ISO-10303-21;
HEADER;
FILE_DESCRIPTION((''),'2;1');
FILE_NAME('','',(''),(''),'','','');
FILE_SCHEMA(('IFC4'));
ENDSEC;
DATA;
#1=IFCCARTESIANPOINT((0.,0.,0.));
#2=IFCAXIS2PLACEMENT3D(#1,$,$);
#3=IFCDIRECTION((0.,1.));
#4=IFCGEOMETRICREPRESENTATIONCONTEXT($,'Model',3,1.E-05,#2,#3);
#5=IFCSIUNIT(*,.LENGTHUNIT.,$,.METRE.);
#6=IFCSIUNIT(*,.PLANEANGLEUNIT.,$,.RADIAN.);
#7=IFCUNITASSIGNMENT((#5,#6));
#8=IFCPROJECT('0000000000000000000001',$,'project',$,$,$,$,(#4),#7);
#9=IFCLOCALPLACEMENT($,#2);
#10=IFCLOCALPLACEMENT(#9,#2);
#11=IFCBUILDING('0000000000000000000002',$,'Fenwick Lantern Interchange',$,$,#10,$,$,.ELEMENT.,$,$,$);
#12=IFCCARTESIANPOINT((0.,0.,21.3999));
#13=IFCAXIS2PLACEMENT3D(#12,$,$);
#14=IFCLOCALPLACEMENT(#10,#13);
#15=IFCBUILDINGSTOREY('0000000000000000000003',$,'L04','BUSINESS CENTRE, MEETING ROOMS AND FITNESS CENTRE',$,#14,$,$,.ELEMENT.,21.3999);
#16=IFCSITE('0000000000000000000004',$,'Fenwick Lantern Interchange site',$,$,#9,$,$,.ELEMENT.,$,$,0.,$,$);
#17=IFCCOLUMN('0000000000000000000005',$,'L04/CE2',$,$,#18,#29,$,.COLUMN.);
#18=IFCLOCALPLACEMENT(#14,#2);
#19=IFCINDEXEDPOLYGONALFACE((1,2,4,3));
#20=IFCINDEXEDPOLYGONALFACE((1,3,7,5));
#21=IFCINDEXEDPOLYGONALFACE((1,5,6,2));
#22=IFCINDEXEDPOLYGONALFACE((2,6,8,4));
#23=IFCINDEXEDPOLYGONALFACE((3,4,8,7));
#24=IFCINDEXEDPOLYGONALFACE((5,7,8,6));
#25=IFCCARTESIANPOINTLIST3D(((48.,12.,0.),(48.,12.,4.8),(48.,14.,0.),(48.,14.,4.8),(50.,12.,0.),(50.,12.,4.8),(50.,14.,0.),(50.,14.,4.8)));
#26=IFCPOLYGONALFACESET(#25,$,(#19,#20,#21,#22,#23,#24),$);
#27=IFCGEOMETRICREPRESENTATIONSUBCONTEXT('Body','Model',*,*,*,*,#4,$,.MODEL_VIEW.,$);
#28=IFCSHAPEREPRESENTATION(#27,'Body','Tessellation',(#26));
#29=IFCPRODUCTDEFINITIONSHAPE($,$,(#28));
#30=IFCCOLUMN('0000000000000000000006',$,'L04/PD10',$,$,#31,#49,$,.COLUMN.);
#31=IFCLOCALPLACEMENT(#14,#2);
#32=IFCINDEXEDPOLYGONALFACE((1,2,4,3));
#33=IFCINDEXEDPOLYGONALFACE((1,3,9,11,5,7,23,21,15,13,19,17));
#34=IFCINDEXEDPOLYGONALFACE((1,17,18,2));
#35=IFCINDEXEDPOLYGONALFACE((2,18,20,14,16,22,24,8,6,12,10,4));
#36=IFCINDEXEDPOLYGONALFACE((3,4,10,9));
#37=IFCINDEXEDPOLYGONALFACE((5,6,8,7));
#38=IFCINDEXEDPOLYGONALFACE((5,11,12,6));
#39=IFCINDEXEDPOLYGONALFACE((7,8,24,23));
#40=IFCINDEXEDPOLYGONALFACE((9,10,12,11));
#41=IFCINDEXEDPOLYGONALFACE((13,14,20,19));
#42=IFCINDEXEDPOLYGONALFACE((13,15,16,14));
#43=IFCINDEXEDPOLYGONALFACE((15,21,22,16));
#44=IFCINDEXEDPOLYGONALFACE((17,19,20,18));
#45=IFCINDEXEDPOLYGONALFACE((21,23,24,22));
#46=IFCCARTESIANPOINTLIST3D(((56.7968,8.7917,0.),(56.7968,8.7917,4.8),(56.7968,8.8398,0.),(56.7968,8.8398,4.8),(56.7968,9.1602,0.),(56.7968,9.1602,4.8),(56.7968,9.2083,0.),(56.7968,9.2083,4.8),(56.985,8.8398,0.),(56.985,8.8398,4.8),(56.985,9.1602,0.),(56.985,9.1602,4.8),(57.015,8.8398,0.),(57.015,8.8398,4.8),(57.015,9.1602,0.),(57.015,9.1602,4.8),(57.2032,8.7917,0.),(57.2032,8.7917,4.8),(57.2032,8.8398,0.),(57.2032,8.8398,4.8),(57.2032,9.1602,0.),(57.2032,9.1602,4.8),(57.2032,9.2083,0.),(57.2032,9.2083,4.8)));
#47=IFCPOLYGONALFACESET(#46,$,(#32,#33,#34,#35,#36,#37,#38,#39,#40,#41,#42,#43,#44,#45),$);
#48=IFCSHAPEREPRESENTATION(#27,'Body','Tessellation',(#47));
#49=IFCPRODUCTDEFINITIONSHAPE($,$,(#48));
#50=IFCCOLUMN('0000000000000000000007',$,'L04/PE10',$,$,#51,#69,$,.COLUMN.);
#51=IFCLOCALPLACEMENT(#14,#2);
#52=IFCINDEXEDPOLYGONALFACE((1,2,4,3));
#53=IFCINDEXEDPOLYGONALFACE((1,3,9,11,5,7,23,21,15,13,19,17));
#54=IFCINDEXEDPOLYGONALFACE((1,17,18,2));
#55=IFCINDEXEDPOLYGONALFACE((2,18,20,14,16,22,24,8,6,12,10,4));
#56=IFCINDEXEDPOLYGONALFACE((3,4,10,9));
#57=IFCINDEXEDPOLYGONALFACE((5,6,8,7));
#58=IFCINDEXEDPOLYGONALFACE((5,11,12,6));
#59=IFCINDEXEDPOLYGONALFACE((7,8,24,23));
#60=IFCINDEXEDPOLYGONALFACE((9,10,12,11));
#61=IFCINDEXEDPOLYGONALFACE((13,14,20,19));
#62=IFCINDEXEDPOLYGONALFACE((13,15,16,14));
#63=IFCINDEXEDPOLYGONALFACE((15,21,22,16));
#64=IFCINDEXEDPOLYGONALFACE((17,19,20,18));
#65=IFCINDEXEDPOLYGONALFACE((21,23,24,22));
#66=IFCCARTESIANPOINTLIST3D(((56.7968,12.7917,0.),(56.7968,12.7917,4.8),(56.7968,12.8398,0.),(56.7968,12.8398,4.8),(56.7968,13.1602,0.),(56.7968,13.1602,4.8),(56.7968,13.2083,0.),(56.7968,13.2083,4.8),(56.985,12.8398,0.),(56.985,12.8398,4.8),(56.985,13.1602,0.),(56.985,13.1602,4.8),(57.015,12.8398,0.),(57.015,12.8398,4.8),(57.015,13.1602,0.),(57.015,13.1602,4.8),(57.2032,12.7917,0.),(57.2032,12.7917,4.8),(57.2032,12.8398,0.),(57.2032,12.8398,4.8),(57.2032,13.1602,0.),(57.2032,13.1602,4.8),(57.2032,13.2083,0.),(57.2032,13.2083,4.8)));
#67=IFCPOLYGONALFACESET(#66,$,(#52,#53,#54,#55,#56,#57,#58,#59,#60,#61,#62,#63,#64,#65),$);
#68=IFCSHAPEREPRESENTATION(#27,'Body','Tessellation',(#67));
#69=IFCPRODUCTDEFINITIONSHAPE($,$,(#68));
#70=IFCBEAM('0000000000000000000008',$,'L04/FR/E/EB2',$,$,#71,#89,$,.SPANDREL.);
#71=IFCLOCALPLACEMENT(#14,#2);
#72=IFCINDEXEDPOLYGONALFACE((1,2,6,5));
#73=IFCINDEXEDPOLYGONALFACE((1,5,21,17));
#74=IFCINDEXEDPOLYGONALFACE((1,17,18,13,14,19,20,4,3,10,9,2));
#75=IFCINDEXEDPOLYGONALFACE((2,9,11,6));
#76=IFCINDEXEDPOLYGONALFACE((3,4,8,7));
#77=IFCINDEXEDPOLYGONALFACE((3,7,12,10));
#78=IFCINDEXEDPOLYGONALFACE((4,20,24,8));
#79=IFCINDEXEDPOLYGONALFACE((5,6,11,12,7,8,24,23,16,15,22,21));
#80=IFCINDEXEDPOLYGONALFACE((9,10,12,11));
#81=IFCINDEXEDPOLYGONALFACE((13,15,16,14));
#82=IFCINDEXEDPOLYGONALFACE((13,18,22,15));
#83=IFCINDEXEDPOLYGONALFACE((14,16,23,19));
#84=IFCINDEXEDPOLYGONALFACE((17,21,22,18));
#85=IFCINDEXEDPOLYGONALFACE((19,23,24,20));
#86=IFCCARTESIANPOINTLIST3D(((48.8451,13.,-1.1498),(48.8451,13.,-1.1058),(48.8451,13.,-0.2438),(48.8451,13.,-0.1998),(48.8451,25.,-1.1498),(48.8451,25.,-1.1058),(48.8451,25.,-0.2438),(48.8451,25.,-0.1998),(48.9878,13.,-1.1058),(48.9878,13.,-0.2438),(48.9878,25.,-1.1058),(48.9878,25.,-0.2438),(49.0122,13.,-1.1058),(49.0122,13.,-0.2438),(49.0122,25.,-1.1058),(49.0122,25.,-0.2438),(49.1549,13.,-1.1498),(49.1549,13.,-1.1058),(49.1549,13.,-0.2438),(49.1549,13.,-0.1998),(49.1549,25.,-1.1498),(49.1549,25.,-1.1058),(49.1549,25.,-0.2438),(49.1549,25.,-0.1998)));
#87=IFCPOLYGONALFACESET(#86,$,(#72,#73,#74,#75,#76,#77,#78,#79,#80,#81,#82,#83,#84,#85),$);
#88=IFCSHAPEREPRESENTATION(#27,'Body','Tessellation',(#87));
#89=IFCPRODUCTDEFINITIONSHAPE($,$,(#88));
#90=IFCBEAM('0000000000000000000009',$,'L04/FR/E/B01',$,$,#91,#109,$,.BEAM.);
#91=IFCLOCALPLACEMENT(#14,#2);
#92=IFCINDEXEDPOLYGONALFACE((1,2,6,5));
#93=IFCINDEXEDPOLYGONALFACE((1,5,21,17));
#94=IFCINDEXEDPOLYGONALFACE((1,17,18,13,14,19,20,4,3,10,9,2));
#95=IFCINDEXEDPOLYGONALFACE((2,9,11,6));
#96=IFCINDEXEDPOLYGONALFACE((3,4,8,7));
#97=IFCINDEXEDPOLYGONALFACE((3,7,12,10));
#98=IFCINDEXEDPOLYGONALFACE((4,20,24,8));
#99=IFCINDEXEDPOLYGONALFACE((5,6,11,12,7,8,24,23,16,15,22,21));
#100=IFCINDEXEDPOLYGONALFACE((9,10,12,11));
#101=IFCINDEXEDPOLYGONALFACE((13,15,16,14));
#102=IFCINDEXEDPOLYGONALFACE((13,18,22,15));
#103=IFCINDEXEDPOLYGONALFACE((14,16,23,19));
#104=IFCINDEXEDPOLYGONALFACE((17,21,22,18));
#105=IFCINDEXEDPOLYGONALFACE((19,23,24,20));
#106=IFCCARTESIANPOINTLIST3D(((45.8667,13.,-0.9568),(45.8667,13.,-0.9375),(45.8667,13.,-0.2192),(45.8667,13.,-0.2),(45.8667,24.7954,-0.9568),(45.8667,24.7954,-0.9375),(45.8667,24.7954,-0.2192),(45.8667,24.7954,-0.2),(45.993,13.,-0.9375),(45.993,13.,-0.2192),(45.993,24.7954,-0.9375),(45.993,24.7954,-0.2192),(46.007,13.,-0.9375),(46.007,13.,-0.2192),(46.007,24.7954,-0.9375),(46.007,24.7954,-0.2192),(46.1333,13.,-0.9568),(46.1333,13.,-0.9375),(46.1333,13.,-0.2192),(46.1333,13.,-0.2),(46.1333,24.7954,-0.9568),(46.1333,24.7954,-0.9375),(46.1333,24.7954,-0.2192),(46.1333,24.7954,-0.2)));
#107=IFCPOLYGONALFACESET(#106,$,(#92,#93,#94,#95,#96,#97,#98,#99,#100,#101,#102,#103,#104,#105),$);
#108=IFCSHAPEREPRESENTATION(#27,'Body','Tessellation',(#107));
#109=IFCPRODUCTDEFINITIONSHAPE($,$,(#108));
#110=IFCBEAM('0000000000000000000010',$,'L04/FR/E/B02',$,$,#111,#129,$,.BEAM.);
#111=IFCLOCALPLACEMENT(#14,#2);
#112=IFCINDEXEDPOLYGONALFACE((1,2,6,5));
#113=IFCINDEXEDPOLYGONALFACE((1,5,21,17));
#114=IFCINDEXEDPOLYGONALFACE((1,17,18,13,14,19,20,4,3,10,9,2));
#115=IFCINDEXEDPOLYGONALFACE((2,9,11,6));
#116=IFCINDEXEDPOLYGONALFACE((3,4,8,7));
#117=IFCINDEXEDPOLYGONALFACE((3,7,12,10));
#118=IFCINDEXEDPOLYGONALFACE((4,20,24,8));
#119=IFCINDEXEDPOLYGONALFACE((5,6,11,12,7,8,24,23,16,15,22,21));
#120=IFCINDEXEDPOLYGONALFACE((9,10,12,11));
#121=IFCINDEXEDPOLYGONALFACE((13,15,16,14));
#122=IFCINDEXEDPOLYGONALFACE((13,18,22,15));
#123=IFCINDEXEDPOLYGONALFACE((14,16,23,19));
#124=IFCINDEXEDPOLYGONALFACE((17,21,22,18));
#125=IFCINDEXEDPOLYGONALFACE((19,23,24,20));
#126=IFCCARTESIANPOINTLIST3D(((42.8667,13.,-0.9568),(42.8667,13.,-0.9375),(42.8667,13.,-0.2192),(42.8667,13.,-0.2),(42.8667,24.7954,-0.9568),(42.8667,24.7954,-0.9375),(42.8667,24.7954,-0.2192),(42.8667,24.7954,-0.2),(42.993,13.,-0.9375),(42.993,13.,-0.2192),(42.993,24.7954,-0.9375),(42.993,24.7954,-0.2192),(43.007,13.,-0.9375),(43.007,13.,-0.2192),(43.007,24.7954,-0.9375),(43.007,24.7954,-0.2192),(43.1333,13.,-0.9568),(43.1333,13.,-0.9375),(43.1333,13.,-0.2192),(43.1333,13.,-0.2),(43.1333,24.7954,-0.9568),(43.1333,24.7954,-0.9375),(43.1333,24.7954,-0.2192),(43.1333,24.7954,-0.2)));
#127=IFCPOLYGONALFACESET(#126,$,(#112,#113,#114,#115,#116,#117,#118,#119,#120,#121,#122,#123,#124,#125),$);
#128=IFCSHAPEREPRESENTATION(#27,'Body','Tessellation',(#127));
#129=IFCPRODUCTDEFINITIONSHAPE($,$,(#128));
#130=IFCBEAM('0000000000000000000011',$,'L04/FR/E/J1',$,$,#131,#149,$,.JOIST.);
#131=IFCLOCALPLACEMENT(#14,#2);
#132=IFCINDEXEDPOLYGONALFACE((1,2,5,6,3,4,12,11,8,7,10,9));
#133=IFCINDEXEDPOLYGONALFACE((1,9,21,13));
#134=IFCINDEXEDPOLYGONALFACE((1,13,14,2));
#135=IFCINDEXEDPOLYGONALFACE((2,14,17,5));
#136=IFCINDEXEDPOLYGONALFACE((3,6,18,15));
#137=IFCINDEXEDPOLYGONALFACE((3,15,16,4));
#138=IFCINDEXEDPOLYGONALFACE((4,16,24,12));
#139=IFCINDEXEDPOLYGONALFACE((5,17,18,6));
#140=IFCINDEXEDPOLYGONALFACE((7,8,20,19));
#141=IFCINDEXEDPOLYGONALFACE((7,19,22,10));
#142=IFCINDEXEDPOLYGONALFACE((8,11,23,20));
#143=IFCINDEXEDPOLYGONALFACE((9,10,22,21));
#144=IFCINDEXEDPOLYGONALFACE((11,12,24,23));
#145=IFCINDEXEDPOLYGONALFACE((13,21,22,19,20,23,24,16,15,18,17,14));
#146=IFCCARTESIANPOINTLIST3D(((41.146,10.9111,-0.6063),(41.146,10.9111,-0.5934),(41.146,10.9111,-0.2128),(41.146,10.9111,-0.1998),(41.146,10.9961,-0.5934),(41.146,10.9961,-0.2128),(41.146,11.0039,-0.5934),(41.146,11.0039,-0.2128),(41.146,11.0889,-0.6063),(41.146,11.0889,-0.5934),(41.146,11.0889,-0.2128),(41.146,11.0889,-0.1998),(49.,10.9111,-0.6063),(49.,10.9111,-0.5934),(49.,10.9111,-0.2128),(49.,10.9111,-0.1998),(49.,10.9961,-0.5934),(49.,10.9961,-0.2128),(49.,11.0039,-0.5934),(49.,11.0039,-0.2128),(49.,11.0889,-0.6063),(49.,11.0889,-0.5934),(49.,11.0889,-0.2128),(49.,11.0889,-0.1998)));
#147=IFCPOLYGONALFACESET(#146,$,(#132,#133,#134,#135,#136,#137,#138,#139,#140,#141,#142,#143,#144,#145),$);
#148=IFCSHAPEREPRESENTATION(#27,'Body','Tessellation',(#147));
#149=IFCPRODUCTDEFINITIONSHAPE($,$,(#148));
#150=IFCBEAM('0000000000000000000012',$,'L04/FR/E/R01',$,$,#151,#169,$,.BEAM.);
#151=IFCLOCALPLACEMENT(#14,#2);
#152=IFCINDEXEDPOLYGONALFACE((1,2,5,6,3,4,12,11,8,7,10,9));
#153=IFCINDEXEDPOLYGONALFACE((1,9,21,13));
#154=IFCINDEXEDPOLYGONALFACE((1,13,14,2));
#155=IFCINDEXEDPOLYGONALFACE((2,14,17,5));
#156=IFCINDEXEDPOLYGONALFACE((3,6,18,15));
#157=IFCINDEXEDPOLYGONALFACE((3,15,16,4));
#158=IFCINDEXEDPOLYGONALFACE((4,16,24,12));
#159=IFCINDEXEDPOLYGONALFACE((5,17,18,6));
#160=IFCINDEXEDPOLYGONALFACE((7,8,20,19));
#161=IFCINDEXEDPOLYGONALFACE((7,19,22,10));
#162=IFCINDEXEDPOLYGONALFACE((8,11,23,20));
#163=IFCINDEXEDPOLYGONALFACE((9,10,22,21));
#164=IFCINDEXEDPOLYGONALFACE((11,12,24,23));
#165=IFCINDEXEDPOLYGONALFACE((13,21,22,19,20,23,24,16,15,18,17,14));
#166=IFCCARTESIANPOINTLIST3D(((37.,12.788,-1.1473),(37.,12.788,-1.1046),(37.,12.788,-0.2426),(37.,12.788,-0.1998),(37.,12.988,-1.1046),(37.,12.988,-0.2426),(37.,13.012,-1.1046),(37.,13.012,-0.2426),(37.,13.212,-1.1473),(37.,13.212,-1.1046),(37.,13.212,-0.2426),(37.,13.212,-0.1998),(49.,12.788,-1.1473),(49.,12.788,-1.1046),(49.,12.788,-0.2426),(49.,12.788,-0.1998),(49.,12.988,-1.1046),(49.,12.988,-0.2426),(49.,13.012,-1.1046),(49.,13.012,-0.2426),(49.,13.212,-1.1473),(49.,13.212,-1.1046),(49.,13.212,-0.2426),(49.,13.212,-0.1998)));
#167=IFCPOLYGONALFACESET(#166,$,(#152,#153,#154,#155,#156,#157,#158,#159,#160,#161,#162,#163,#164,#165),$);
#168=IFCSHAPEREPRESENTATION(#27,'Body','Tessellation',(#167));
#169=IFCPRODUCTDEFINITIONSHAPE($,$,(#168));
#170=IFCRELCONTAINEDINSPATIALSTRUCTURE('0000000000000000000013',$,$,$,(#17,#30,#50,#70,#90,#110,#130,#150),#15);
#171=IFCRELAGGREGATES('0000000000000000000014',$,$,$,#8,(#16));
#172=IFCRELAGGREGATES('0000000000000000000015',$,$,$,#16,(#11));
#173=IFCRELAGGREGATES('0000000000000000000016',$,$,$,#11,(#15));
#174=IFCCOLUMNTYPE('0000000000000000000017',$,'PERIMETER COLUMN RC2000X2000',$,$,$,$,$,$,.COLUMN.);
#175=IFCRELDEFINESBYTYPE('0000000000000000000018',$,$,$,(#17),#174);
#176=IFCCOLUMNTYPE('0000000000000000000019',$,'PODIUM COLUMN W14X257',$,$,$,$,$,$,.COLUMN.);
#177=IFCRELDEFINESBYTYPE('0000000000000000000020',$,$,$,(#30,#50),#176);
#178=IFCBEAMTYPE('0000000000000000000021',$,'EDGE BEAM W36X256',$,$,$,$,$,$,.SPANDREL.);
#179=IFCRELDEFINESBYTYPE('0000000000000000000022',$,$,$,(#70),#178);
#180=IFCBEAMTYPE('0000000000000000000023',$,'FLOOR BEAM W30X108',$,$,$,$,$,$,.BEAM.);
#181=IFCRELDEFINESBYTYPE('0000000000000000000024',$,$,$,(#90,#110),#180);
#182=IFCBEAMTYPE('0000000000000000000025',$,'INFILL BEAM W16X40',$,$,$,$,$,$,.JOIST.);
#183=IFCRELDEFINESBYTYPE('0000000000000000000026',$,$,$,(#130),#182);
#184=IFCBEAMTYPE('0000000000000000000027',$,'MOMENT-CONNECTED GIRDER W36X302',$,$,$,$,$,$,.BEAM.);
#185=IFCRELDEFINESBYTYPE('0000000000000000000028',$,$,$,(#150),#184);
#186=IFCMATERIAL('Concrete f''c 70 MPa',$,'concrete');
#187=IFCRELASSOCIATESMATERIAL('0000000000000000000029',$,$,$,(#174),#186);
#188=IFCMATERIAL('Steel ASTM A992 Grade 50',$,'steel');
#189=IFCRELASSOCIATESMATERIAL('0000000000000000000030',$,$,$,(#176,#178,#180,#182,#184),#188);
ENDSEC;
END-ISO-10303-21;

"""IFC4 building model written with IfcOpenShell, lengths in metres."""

from ifc_helpers import new_model, si_unit, direction, frame, origin, origin_2d, place, context, subcontext, project, spatial, rectangle, i_section, extrude, material, material_profile, profile_set, type_object, element, save


model = new_model("IFC4")

# Units and contexts
model_context = context("Model", 3, precision=1e-05, world=origin(), true_north=direction((0.0, 1.0)))
body_context = subcontext(model_context, "Body", "Model", "MODEL_VIEW")
ifc_project = project(units=[si_unit("LENGTHUNIT", "METRE"), si_unit("PLANEANGLEUNIT", "RADIAN")], contexts=[model_context])

# Site, building, storey
site_placement = place(None, origin())
site = spatial("IfcSite", under=ifc_project, at=site_placement, Name="Fenwick Lantern Interchange site", CompositionType="ELEMENT", RefElevation=0.0)
building_placement = place(site_placement, origin())
building = spatial("IfcBuilding", under=site, at=building_placement, Name="Fenwick Lantern Interchange", CompositionType="ELEMENT")
storey_placement = place(building_placement, frame((0.0, 0.0, 21.3999)))
storey = spatial("IfcBuildingStorey", under=building, at=storey_placement, Name="L04", Description="BUSINESS CENTRE, MEETING ROOMS AND FITNESS CENTRE", CompositionType="ELEMENT", Elevation=21.3999)

# Columns
ifc_material_1 = material(Name="Concrete f'c 70 MPa", Category="concrete")
ifc_material_profile_1 = material_profile(ifc_material_1, rectangle(XDim=2.0, YDim=2.0, at=origin_2d()), Name="RC2000X2000")
ifc_profile_set_1 = profile_set([ifc_material_profile_1], Name="Concrete f'c 70 MPa")
column_type_1 = type_object("IfcColumnType", Name="PERIMETER COLUMN RC2000X2000", PredefinedType="COLUMN", material=ifc_profile_set_1)
column_placement = place(storey_placement, frame((49.0, 13.0, 0.0), z_axis=(0.0, 0.0, 1.0), x_axis=(1.0, 0.0, 0.0)))
element("IfcColumn", 1, at=column_placement, inside=storey, type_object=column_type_1, Name="L04/CE2", PredefinedType="COLUMN", context=body_context, shape_type="SweptSolid", body=[
    extrude(rectangle(XDim=2.0, YDim=2.0, at=origin_2d()), origin(), (0.0, 0.0, 1.0), 4.8),
])
ifc_material_2 = material(Name="Steel ASTM A992 Grade 50", Category="steel")
ifc_material_profile_2 = material_profile(ifc_material_2, i_section(OverallWidth=0.4065, OverallDepth=0.4165, WebThickness=0.03, FlangeThickness=0.0481, at=origin_2d()), Name="W14X257")
ifc_profile_set_2 = profile_set([ifc_material_profile_2], Name="Steel ASTM A992 Grade 50")
column_type_2 = type_object("IfcColumnType", Name="PODIUM COLUMN W14X257", PredefinedType="COLUMN", material=ifc_profile_set_2)
for number, where, z_axis, x_axis, name in (
    (2, (57.0, 9.0, 0.0), (0.0, 0.0, 1.0), (1.0, 0.0, 0.0), "L04/PD10"),
    (3, (57.0, 13.0, 0.0), (0.0, 0.0, 1.0), (1.0, 0.0, 0.0), "L04/PE10"),
):
    element("IfcColumn", number, at=place(storey_placement, frame(where, z_axis=z_axis, x_axis=x_axis)), inside=storey, type_object=column_type_2, Name=name, PredefinedType="COLUMN", context=body_context, shape_type="SweptSolid", body=[
        extrude(i_section(OverallWidth=0.4065, OverallDepth=0.4165, WebThickness=0.03, FlangeThickness=0.0481, at=origin_2d()), origin(), (0.0, 0.0, 1.0), 4.8),
    ])

# Beams
ifc_material_profile_3 = material_profile(ifc_material_2, i_section(OverallWidth=0.3098, OverallDepth=0.95, WebThickness=0.0244, FlangeThickness=0.0439, at=origin_2d()), Name="W36X256")
ifc_profile_set_3 = profile_set([ifc_material_profile_3], Name="Steel ASTM A992 Grade 50")
beam_type_1 = type_object("IfcBeamType", Name="EDGE BEAM W36X256", PredefinedType="SPANDREL", material=ifc_profile_set_3)
beam_1_placement = place(storey_placement, frame((49.0, 13.0, -0.6748), z_axis=(0.0, 1.0, 0.0), x_axis=(-1.0, 0.0, 0.0)))
element("IfcBeam", 4, at=beam_1_placement, inside=storey, type_object=beam_type_1, Name="L04/FR/E/EB2", PredefinedType="SPANDREL", context=body_context, shape_type="SweptSolid", body=[
    extrude(i_section(OverallWidth=0.3098, OverallDepth=0.95, WebThickness=0.0244, FlangeThickness=0.0439, at=origin_2d()), origin(), (0.0, 0.0, 1.0), 12.0),
])
ifc_material_profile_4 = material_profile(ifc_material_2, i_section(OverallWidth=0.2666, OverallDepth=0.7568, WebThickness=0.0139, FlangeThickness=0.0193, at=origin_2d()), Name="W30X108")
ifc_profile_set_4 = profile_set([ifc_material_profile_4], Name="Steel ASTM A992 Grade 50")
beam_type_2 = type_object("IfcBeamType", Name="FLOOR BEAM W30X108", PredefinedType="BEAM", material=ifc_profile_set_4)
for number, where, z_axis, x_axis, name in (
    (5, (46.0, 13.0, -0.5784), (0.0, 1.0, 0.0), (-1.0, 0.0, 0.0), "L04/FR/E/B01"),
    (6, (43.0, 13.0, -0.5784), (0.0, 1.0, 0.0), (-1.0, 0.0, 0.0), "L04/FR/E/B02"),
):
    element("IfcBeam", number, at=place(storey_placement, frame(where, z_axis=z_axis, x_axis=x_axis)), inside=storey, type_object=beam_type_2, Name=name, PredefinedType="BEAM", context=body_context, shape_type="SweptSolid", body=[
        extrude(i_section(OverallWidth=0.2666, OverallDepth=0.7568, WebThickness=0.0139, FlangeThickness=0.0193, at=origin_2d()), origin(), (0.0, 0.0, 1.0), 11.7954),
    ])
ifc_material_profile_5 = material_profile(ifc_material_2, i_section(OverallWidth=0.1777, OverallDepth=0.4065, WebThickness=0.0078, FlangeThickness=0.0129, at=origin_2d()), Name="W16X40")
ifc_profile_set_5 = profile_set([ifc_material_profile_5], Name="Steel ASTM A992 Grade 50")
beam_type_3 = type_object("IfcBeamType", Name="INFILL BEAM W16X40", PredefinedType="JOIST", material=ifc_profile_set_5)
beam_2_placement = place(storey_placement, frame((49.0, 11.0, -0.4031), z_axis=(-1.0, 0.0, 0.0), x_axis=(0.0, -1.0, 0.0)))
element("IfcBeam", 7, at=beam_2_placement, inside=storey, type_object=beam_type_3, Name="L04/FR/E/J1", PredefinedType="JOIST", context=body_context, shape_type="SweptSolid", body=[
    extrude(i_section(OverallWidth=0.1777, OverallDepth=0.4065, WebThickness=0.0078, FlangeThickness=0.0129, at=origin_2d()), origin(), (0.0, 0.0, 1.0), 7.854),
])
ifc_material_profile_6 = material_profile(ifc_material_2, i_section(OverallWidth=0.4241, OverallDepth=0.9475, WebThickness=0.0239, FlangeThickness=0.0427, at=origin_2d()), Name="W36X302")
ifc_profile_set_6 = profile_set([ifc_material_profile_6], Name="Steel ASTM A992 Grade 50")
beam_type_4 = type_object("IfcBeamType", Name="MOMENT-CONNECTED GIRDER W36X302", PredefinedType="BEAM", material=ifc_profile_set_6)
beam_3_placement = place(storey_placement, frame((49.0, 13.0, -0.6736), z_axis=(-1.0, 0.0, 0.0), x_axis=(0.0, -1.0, 0.0)))
element("IfcBeam", 8, at=beam_3_placement, inside=storey, type_object=beam_type_4, Name="L04/FR/E/R01", PredefinedType="BEAM", context=body_context, shape_type="SweptSolid", body=[
    extrude(i_section(OverallWidth=0.4241, OverallDepth=0.9475, WebThickness=0.0239, FlangeThickness=0.0427, at=origin_2d()), origin(), (0.0, 0.0, 1.0), 12.0),
])

save(model, "model.ifc")
